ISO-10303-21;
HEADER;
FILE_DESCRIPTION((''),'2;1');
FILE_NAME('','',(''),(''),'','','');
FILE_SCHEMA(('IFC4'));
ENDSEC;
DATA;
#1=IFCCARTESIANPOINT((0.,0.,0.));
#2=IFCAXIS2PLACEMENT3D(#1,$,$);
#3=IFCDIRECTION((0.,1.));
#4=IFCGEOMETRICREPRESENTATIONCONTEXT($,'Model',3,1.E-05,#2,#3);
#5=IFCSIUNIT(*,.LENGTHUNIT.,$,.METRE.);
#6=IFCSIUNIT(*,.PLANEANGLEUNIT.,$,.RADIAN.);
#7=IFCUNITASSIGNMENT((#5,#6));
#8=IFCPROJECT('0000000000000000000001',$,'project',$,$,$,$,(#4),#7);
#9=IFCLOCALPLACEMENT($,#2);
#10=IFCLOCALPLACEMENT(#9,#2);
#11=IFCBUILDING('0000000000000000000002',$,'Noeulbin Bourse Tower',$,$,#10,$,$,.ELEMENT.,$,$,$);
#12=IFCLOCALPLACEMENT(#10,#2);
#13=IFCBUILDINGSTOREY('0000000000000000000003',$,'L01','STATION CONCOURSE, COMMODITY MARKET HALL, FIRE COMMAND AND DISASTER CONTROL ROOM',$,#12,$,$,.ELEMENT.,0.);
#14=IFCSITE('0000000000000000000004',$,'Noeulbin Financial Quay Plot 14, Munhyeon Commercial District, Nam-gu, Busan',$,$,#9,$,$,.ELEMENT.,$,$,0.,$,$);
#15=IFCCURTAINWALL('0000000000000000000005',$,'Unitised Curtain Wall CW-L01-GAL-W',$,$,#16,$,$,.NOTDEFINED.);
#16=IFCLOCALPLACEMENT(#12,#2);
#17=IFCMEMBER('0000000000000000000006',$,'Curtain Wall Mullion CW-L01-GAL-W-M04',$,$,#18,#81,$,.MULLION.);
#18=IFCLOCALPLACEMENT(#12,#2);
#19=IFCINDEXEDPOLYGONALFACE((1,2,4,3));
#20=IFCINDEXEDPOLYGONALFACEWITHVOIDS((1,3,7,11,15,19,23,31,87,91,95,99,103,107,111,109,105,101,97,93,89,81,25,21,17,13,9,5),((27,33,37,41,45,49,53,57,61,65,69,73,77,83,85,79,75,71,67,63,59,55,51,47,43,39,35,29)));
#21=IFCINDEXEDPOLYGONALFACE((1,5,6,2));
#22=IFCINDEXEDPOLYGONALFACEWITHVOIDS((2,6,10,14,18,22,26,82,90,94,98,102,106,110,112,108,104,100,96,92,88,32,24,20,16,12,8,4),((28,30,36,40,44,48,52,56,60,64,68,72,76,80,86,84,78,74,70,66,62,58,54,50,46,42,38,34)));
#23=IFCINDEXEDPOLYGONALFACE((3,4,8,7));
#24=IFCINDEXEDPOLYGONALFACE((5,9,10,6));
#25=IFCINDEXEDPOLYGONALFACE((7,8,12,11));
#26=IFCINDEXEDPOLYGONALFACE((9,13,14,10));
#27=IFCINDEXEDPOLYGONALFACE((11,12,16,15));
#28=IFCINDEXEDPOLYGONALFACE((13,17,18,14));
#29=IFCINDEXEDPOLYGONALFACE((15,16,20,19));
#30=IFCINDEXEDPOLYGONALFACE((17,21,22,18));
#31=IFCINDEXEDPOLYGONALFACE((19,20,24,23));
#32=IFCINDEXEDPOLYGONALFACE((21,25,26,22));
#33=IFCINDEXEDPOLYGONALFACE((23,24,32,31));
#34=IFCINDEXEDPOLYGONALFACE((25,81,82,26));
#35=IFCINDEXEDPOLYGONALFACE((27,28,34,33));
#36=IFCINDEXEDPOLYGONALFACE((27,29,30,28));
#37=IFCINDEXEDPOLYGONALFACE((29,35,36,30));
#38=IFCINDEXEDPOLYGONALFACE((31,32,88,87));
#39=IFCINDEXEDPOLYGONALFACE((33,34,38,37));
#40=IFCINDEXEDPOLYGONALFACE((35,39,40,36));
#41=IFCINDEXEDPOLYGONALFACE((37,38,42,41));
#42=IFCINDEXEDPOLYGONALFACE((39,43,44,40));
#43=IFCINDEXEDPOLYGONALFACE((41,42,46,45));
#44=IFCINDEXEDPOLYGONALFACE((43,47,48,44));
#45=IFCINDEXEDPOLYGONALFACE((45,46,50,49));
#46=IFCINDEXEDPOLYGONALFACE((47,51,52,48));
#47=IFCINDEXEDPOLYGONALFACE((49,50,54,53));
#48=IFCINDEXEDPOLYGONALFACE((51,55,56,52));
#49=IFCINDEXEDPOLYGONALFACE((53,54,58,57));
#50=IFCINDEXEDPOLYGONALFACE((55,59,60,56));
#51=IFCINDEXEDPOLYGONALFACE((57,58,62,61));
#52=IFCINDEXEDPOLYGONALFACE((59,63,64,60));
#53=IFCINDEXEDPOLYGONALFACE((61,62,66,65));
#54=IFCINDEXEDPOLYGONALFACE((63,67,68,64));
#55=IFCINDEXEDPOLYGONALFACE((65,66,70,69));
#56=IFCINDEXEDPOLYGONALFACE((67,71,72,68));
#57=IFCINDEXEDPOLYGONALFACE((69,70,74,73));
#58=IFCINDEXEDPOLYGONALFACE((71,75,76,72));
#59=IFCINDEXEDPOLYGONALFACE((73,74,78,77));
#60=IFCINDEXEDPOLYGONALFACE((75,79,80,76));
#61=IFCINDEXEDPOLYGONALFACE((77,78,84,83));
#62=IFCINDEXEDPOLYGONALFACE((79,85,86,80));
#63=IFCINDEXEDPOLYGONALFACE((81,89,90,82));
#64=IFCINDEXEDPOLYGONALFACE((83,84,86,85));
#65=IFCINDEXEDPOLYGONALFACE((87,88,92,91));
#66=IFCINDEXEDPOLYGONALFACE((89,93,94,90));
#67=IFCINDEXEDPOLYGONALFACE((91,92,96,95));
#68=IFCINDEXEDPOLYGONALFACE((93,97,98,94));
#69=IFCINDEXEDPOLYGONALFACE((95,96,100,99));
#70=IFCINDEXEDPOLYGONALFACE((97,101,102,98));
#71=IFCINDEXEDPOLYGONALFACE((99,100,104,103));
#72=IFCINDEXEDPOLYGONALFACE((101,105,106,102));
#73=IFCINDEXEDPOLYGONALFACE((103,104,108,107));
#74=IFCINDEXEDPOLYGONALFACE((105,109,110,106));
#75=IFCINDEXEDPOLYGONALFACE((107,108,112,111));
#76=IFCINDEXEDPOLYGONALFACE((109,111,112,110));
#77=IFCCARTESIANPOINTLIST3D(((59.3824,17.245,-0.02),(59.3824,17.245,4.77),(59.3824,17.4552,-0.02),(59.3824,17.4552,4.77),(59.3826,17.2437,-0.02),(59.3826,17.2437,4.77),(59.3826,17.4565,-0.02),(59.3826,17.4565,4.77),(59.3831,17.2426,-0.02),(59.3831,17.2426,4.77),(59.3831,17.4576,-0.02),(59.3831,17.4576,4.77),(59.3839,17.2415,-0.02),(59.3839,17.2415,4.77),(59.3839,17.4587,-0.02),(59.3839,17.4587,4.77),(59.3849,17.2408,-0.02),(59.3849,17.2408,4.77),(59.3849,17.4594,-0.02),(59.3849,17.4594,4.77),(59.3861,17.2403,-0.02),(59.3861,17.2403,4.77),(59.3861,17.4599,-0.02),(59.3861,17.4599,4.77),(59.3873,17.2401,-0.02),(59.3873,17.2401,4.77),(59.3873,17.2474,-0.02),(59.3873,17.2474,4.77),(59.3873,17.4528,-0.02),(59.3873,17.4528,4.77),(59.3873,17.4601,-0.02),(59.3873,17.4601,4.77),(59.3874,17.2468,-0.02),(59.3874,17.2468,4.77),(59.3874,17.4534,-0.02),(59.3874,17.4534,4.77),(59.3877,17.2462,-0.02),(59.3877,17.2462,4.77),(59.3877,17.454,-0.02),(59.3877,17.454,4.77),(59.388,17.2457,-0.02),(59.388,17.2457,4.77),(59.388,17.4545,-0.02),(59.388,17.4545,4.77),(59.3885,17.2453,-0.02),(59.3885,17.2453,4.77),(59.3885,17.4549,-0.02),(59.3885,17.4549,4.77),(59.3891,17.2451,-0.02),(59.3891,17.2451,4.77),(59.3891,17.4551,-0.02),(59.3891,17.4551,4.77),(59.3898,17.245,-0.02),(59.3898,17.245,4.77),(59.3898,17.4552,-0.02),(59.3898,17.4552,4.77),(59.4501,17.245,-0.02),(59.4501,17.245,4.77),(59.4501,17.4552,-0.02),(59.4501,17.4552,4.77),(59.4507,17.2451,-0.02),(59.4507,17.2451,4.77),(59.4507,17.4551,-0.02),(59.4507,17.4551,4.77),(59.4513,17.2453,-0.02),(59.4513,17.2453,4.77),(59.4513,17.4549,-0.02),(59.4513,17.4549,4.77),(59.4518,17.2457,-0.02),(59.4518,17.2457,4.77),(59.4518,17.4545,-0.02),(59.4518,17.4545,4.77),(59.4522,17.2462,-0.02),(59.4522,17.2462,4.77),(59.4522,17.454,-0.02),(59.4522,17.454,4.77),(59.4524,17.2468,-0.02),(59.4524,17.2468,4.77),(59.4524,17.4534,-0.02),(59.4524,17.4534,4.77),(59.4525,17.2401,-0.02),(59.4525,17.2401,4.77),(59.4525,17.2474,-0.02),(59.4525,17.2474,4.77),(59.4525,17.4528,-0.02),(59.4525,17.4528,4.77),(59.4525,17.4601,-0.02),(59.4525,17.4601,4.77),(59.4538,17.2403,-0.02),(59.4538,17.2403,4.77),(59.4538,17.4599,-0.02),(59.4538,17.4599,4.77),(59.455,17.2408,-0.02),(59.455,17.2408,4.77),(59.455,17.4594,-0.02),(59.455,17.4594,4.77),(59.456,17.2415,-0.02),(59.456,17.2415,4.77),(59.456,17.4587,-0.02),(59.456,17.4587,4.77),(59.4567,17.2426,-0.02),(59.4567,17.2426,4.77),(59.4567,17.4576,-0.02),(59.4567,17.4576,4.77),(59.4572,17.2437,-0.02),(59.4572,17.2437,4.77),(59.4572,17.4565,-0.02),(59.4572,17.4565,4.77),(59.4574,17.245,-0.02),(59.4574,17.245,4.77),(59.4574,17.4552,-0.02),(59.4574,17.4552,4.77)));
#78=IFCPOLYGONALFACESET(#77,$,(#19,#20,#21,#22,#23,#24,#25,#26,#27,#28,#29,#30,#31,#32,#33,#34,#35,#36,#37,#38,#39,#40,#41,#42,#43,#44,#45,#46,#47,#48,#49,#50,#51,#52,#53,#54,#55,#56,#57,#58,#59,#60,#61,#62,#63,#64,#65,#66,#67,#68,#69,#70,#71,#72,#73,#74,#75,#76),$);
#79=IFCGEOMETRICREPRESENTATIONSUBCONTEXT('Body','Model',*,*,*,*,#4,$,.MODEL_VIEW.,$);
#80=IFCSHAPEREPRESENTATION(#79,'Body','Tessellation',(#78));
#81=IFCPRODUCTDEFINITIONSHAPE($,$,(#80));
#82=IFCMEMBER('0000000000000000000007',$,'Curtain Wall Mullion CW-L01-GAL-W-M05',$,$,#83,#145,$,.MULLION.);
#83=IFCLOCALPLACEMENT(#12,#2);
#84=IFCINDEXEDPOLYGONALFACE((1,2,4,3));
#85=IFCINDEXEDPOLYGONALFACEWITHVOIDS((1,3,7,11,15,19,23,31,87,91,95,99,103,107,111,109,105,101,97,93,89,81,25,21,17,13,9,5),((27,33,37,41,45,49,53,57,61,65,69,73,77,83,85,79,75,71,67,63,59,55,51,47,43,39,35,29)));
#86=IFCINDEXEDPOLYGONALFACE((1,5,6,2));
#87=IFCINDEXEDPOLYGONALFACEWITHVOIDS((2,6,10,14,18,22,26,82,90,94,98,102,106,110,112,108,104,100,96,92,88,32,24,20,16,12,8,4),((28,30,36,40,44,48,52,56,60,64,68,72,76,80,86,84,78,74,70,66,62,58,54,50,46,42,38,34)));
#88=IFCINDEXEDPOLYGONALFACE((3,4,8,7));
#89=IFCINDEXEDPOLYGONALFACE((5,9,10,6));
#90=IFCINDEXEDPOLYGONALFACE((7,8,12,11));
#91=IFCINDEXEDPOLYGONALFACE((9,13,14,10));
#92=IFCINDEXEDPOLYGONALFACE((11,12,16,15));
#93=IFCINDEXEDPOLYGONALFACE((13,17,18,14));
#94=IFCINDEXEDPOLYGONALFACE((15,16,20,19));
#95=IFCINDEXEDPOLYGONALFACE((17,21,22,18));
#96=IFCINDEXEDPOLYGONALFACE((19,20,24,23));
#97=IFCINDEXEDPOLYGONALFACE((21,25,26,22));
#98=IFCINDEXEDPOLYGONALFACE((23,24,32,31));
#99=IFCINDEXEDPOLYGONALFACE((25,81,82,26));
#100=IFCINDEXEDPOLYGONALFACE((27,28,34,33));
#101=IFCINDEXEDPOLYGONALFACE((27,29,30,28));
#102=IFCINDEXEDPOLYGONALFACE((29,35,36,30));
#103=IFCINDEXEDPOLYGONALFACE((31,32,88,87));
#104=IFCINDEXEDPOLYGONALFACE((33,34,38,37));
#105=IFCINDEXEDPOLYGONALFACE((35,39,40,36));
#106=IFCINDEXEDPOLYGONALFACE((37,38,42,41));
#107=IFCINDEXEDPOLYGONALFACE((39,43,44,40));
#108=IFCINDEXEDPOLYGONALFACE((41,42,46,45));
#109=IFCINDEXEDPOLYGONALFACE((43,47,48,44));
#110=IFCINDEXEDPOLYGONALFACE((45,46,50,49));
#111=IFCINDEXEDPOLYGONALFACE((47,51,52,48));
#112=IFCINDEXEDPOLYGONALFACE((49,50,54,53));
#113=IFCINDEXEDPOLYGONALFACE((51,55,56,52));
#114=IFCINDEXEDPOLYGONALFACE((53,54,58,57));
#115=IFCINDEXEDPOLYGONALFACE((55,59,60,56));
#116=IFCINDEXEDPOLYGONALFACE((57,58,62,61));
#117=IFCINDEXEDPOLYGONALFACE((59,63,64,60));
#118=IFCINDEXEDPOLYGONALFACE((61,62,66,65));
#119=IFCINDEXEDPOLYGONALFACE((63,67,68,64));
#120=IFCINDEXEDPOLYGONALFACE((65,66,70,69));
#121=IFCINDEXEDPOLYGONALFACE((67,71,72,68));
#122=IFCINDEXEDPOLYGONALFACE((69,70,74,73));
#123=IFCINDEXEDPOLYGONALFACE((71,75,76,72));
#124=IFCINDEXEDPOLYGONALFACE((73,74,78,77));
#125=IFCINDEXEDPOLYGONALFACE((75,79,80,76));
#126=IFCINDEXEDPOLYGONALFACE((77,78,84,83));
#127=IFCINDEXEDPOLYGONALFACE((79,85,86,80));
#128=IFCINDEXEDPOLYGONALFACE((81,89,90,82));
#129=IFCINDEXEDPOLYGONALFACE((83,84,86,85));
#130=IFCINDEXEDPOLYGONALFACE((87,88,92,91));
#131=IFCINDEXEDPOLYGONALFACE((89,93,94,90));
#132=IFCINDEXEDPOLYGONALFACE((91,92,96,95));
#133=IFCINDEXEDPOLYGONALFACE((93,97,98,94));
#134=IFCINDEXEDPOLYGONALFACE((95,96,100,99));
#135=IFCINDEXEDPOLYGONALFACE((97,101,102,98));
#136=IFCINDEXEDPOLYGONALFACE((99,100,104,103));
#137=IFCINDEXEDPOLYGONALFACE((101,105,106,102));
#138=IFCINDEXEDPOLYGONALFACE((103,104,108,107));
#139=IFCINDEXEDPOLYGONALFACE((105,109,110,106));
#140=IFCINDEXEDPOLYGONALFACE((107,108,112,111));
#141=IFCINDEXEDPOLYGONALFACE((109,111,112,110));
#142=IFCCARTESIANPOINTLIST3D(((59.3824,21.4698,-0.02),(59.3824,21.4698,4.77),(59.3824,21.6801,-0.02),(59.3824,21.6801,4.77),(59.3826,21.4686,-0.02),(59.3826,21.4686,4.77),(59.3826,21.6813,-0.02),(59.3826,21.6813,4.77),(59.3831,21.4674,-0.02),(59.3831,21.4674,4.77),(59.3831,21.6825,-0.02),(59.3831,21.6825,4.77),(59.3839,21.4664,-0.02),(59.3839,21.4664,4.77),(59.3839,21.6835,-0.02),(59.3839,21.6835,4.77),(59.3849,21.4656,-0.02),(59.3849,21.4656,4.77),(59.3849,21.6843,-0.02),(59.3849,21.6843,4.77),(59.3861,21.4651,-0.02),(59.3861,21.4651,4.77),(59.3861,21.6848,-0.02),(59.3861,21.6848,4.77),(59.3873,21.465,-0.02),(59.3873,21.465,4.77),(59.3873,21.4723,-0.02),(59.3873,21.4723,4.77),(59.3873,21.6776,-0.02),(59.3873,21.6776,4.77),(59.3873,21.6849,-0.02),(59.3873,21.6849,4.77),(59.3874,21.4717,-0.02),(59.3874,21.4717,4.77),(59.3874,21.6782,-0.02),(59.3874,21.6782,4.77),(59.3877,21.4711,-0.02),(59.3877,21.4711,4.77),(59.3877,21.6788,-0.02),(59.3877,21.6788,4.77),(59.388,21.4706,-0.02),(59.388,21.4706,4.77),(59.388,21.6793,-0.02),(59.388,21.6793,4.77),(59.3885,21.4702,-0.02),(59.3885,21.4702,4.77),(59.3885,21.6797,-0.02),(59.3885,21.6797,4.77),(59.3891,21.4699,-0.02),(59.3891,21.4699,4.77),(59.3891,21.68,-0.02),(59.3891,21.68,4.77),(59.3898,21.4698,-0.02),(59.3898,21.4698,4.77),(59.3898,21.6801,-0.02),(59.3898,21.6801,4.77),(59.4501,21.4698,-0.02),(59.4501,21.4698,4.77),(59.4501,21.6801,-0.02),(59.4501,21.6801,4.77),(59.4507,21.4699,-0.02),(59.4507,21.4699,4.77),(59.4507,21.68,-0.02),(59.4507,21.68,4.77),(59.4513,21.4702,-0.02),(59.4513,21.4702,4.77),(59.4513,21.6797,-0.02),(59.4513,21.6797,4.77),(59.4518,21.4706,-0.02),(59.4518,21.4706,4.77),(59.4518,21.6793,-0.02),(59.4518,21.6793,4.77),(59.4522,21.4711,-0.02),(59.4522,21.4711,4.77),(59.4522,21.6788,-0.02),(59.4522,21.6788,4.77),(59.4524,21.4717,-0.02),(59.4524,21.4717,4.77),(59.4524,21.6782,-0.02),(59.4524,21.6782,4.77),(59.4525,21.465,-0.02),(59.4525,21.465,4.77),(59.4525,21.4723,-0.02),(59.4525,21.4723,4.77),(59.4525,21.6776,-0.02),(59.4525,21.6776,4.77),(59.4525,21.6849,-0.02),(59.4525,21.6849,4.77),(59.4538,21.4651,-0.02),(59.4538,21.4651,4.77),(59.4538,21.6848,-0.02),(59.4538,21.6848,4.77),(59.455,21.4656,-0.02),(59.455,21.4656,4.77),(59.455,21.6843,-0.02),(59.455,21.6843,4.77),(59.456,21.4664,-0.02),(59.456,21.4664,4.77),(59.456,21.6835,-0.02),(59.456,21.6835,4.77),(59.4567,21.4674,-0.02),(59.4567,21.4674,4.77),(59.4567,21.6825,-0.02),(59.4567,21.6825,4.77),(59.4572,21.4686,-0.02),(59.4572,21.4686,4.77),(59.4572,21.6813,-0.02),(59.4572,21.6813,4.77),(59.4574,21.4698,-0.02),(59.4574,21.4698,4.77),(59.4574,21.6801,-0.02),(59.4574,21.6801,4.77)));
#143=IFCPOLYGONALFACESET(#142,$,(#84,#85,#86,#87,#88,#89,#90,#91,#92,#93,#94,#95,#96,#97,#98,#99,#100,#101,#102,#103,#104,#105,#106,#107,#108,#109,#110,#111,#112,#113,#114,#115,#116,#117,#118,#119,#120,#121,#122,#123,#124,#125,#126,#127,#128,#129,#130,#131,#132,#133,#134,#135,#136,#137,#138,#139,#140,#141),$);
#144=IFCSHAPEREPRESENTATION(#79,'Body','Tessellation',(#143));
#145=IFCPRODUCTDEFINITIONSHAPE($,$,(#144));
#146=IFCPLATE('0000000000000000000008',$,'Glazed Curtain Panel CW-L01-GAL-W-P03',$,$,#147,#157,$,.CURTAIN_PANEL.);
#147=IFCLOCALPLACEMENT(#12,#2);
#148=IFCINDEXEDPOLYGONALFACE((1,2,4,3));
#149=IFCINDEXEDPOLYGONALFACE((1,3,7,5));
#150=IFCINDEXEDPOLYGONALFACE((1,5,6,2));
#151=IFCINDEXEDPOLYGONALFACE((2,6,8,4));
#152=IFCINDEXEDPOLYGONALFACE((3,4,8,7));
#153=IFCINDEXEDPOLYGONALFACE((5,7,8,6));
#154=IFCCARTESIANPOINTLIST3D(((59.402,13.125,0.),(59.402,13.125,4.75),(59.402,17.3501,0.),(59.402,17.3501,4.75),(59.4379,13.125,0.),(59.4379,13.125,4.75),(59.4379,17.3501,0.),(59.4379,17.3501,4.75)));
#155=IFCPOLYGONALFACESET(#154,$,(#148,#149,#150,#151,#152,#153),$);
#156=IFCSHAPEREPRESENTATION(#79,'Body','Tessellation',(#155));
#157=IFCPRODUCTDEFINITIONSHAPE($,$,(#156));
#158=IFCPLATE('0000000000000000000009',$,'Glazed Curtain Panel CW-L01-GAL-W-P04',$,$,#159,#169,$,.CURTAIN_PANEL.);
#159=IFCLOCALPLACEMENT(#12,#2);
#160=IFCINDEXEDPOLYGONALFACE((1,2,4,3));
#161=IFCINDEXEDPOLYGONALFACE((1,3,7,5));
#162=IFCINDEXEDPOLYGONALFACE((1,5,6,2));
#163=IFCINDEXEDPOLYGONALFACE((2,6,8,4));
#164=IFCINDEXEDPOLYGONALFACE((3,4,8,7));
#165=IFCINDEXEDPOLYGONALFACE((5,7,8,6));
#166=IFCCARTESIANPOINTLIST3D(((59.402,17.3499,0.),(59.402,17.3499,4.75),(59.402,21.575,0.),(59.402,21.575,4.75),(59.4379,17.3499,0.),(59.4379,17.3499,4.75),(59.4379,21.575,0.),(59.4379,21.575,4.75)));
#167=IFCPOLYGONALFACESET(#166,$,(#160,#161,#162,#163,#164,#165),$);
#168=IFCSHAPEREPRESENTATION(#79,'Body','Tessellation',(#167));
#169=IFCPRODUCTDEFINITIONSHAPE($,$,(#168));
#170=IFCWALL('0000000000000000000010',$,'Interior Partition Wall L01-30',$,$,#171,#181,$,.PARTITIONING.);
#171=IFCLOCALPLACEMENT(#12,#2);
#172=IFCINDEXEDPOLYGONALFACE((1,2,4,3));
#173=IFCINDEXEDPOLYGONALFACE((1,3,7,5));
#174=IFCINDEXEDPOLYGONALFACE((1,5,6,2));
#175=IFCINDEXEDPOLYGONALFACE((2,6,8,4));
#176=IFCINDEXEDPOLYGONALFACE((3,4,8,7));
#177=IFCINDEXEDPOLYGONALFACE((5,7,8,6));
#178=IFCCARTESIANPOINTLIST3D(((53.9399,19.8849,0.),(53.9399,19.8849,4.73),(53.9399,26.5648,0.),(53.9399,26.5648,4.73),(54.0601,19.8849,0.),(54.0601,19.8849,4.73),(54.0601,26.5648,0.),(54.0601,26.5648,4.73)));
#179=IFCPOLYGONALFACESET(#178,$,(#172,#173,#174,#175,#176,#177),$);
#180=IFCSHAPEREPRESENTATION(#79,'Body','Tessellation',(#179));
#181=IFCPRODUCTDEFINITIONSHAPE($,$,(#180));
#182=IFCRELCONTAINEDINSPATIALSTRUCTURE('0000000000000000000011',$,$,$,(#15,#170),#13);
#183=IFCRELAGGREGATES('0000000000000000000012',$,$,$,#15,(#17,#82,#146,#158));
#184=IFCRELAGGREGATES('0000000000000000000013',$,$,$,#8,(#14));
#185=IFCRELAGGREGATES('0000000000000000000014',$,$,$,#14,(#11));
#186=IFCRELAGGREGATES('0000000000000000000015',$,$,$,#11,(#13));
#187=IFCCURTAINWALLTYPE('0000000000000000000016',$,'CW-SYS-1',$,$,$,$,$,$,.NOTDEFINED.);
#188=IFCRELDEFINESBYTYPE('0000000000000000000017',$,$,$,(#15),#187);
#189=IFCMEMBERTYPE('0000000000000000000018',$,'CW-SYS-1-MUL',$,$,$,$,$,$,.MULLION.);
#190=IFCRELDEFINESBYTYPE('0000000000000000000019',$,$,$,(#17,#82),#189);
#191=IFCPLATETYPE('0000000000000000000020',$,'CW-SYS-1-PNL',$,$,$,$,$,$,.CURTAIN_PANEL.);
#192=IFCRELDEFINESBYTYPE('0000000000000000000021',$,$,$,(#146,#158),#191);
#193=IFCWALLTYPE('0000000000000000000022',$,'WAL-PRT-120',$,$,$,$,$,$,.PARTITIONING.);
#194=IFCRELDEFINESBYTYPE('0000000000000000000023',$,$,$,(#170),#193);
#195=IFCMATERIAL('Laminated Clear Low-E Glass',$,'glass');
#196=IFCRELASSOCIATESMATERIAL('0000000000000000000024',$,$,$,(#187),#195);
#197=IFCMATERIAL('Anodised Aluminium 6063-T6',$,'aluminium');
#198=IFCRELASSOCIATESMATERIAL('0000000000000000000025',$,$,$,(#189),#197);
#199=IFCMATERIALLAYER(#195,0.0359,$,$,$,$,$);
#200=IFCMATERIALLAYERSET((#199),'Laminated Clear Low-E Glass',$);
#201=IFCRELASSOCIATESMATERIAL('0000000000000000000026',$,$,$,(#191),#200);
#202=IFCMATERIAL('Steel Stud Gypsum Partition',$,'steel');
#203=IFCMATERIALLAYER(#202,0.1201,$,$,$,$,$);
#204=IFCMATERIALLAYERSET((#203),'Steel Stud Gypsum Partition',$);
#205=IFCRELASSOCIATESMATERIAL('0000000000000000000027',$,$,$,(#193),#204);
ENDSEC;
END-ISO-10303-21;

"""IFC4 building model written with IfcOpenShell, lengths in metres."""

from ifc_helpers import new_model, si_unit, direction, frame, frame_2d, origin, origin_2d, place, context, subcontext, project, spatial, rectangle, hollow_rectangle, extrude, material, layer, layer_set, material_profile, profile_set, type_object, element, aggregate, save


model = new_model("IFC4")

# Units and contexts
model_context = context("Model", 3, precision=1e-05, world=origin(), true_north=direction((0.0, 1.0)))
body_context = subcontext(model_context, "Body", "Model", "MODEL_VIEW")
ifc_project = project(units=[si_unit("LENGTHUNIT", "METRE"), si_unit("PLANEANGLEUNIT", "RADIAN")], contexts=[model_context])

# Site, building, storey
site_placement = place(None, origin())
site = spatial("IfcSite", under=ifc_project, at=site_placement, Name="Noeulbin Financial Quay Plot 14, Munhyeon Commercial District, Nam-gu, Busan", CompositionType="ELEMENT", RefElevation=0.0)
building_placement = place(site_placement, origin())
building = spatial("IfcBuilding", under=site, at=building_placement, Name="Noeulbin Bourse Tower", CompositionType="ELEMENT")
storey_placement = place(building_placement, origin())
storey = spatial("IfcBuildingStorey", under=building, at=storey_placement, Name="L01", Description="STATION CONCOURSE, COMMODITY MARKET HALL, FIRE COMMAND AND DISASTER CONTROL ROOM", CompositionType="ELEMENT", Elevation=0.0)

# Curtain wall, members, plates
ifc_material_1 = material(Name="Laminated Clear Low-E Glass", Category="glass")
curtain_wall_type = type_object("IfcCurtainWallType", Name="CW-SYS-1", PredefinedType="NOTDEFINED", material=ifc_material_1)
curtain_wall_placement = place(storey_placement, origin())
curtain_wall = element("IfcCurtainWall", 1, at=curtain_wall_placement, inside=storey, type_object=curtain_wall_type, Name="Unitised Curtain Wall CW-L01-GAL-W", PredefinedType="NOTDEFINED")
ifc_material_2 = material(Name="Anodised Aluminium 6063-T6", Category="aluminium")
ifc_material_profile_1 = material_profile(ifc_material_2, hollow_rectangle(XDim=0.075, YDim=0.22, WallThickness=0.0049, InnerFilletRadius=0.0024, OuterFilletRadius=0.0049, at=origin_2d()), Name="ALU-MULL-75x220x5", Category="LoadBearing")
ifc_profile_set_1 = profile_set([ifc_material_profile_1], Name="Anodised Aluminium 6063-T6")
member_type = type_object("IfcMemberType", Name="CW-SYS-1-MUL", PredefinedType="MULLION", material=ifc_profile_set_1)
member_1_placement = place(storey_placement, frame((59.4199, 17.3501, -0.02), z_axis=(0.0, 0.0, 1.0), x_axis=(1.0, 0.0, 0.0)))
member_1 = element("IfcMember", 2, at=member_1_placement, type_object=member_type, Name="Curtain Wall Mullion CW-L01-GAL-W-M04", PredefinedType="MULLION", context=body_context, shape_type="SweptSolid", body=[
    extrude(hollow_rectangle(XDim=0.075, YDim=0.22, WallThickness=0.0049, InnerFilletRadius=0.0024, OuterFilletRadius=0.0049, at=origin_2d()), origin(), (0.0, 0.0, 1.0), 4.79),
])
member_2_placement = place(storey_placement, frame((59.4199, 21.575, -0.02), z_axis=(0.0, 0.0, 1.0), x_axis=(1.0, 0.0, 0.0)))
member_2 = element("IfcMember", 3, at=member_2_placement, type_object=member_type, Name="Curtain Wall Mullion CW-L01-GAL-W-M05", PredefinedType="MULLION", context=body_context, shape_type="SweptSolid", body=[
    extrude(hollow_rectangle(XDim=0.075, YDim=0.22, WallThickness=0.0049, InnerFilletRadius=0.0024, OuterFilletRadius=0.0049, at=origin_2d()), origin(), (0.0, 0.0, 1.0), 4.79),
])
ifc_layer_1 = layer(ifc_material_1, 0.0359)
ifc_layer_set_1 = layer_set([ifc_layer_1], Name="Laminated Clear Low-E Glass")
plate_type = type_object("IfcPlateType", Name="CW-SYS-1-PNL", PredefinedType="CURTAIN_PANEL", material=ifc_layer_set_1)
plate_1_placement = place(storey_placement, frame((59.4199, 15.2375, 0.0), z_axis=(0.0, 0.0, 1.0), x_axis=(0.0, 1.0, 0.0)))
plate_1 = element("IfcPlate", 4, at=plate_1_placement, type_object=plate_type, Name="Glazed Curtain Panel CW-L01-GAL-W-P03", PredefinedType="CURTAIN_PANEL", context=body_context, shape_type="SweptSolid", body=[
    extrude(rectangle(XDim=4.2251, YDim=0.0359, at=origin_2d()), origin(), (0.0, 0.0, 1.0), 4.75),
])
plate_2_placement = place(storey_placement, frame((59.4199, 19.4624, 0.0), z_axis=(0.0, 0.0, 1.0), x_axis=(0.0, 1.0, 0.0)))
plate_2 = element("IfcPlate", 5, at=plate_2_placement, type_object=plate_type, Name="Glazed Curtain Panel CW-L01-GAL-W-P04", PredefinedType="CURTAIN_PANEL", context=body_context, shape_type="SweptSolid", body=[
    extrude(rectangle(XDim=4.2251, YDim=0.0359, at=origin_2d()), origin(), (0.0, 0.0, 1.0), 4.75),
])
aggregate(curtain_wall, [member_1, member_2, plate_1, plate_2])

# Wall
ifc_material_3 = material(Name="Steel Stud Gypsum Partition", Category="steel")
ifc_layer_2 = layer(ifc_material_3, 0.1201)
ifc_layer_set_2 = layer_set([ifc_layer_2], Name="Steel Stud Gypsum Partition")
wall_type = type_object("IfcWallType", Name="WAL-PRT-120", PredefinedType="PARTITIONING", material=ifc_layer_set_2)
wall_placement = place(storey_placement, frame((54.0, 19.885, 0.0), z_axis=(0.0, 0.0, 1.0), x_axis=(0.0, 1.0, 0.0)))
element("IfcWall", 6, at=wall_placement, inside=storey, type_object=wall_type, Name="Interior Partition Wall L01-30", PredefinedType="PARTITIONING", context=body_context, shape_type="SweptSolid", body=[
    extrude(rectangle(XDim=6.6799, YDim=0.1201, at=frame_2d((3.3398, 0.0))), origin(), (0.0, 0.0, 1.0), 4.73),
])

save(model, "model.ifc")
